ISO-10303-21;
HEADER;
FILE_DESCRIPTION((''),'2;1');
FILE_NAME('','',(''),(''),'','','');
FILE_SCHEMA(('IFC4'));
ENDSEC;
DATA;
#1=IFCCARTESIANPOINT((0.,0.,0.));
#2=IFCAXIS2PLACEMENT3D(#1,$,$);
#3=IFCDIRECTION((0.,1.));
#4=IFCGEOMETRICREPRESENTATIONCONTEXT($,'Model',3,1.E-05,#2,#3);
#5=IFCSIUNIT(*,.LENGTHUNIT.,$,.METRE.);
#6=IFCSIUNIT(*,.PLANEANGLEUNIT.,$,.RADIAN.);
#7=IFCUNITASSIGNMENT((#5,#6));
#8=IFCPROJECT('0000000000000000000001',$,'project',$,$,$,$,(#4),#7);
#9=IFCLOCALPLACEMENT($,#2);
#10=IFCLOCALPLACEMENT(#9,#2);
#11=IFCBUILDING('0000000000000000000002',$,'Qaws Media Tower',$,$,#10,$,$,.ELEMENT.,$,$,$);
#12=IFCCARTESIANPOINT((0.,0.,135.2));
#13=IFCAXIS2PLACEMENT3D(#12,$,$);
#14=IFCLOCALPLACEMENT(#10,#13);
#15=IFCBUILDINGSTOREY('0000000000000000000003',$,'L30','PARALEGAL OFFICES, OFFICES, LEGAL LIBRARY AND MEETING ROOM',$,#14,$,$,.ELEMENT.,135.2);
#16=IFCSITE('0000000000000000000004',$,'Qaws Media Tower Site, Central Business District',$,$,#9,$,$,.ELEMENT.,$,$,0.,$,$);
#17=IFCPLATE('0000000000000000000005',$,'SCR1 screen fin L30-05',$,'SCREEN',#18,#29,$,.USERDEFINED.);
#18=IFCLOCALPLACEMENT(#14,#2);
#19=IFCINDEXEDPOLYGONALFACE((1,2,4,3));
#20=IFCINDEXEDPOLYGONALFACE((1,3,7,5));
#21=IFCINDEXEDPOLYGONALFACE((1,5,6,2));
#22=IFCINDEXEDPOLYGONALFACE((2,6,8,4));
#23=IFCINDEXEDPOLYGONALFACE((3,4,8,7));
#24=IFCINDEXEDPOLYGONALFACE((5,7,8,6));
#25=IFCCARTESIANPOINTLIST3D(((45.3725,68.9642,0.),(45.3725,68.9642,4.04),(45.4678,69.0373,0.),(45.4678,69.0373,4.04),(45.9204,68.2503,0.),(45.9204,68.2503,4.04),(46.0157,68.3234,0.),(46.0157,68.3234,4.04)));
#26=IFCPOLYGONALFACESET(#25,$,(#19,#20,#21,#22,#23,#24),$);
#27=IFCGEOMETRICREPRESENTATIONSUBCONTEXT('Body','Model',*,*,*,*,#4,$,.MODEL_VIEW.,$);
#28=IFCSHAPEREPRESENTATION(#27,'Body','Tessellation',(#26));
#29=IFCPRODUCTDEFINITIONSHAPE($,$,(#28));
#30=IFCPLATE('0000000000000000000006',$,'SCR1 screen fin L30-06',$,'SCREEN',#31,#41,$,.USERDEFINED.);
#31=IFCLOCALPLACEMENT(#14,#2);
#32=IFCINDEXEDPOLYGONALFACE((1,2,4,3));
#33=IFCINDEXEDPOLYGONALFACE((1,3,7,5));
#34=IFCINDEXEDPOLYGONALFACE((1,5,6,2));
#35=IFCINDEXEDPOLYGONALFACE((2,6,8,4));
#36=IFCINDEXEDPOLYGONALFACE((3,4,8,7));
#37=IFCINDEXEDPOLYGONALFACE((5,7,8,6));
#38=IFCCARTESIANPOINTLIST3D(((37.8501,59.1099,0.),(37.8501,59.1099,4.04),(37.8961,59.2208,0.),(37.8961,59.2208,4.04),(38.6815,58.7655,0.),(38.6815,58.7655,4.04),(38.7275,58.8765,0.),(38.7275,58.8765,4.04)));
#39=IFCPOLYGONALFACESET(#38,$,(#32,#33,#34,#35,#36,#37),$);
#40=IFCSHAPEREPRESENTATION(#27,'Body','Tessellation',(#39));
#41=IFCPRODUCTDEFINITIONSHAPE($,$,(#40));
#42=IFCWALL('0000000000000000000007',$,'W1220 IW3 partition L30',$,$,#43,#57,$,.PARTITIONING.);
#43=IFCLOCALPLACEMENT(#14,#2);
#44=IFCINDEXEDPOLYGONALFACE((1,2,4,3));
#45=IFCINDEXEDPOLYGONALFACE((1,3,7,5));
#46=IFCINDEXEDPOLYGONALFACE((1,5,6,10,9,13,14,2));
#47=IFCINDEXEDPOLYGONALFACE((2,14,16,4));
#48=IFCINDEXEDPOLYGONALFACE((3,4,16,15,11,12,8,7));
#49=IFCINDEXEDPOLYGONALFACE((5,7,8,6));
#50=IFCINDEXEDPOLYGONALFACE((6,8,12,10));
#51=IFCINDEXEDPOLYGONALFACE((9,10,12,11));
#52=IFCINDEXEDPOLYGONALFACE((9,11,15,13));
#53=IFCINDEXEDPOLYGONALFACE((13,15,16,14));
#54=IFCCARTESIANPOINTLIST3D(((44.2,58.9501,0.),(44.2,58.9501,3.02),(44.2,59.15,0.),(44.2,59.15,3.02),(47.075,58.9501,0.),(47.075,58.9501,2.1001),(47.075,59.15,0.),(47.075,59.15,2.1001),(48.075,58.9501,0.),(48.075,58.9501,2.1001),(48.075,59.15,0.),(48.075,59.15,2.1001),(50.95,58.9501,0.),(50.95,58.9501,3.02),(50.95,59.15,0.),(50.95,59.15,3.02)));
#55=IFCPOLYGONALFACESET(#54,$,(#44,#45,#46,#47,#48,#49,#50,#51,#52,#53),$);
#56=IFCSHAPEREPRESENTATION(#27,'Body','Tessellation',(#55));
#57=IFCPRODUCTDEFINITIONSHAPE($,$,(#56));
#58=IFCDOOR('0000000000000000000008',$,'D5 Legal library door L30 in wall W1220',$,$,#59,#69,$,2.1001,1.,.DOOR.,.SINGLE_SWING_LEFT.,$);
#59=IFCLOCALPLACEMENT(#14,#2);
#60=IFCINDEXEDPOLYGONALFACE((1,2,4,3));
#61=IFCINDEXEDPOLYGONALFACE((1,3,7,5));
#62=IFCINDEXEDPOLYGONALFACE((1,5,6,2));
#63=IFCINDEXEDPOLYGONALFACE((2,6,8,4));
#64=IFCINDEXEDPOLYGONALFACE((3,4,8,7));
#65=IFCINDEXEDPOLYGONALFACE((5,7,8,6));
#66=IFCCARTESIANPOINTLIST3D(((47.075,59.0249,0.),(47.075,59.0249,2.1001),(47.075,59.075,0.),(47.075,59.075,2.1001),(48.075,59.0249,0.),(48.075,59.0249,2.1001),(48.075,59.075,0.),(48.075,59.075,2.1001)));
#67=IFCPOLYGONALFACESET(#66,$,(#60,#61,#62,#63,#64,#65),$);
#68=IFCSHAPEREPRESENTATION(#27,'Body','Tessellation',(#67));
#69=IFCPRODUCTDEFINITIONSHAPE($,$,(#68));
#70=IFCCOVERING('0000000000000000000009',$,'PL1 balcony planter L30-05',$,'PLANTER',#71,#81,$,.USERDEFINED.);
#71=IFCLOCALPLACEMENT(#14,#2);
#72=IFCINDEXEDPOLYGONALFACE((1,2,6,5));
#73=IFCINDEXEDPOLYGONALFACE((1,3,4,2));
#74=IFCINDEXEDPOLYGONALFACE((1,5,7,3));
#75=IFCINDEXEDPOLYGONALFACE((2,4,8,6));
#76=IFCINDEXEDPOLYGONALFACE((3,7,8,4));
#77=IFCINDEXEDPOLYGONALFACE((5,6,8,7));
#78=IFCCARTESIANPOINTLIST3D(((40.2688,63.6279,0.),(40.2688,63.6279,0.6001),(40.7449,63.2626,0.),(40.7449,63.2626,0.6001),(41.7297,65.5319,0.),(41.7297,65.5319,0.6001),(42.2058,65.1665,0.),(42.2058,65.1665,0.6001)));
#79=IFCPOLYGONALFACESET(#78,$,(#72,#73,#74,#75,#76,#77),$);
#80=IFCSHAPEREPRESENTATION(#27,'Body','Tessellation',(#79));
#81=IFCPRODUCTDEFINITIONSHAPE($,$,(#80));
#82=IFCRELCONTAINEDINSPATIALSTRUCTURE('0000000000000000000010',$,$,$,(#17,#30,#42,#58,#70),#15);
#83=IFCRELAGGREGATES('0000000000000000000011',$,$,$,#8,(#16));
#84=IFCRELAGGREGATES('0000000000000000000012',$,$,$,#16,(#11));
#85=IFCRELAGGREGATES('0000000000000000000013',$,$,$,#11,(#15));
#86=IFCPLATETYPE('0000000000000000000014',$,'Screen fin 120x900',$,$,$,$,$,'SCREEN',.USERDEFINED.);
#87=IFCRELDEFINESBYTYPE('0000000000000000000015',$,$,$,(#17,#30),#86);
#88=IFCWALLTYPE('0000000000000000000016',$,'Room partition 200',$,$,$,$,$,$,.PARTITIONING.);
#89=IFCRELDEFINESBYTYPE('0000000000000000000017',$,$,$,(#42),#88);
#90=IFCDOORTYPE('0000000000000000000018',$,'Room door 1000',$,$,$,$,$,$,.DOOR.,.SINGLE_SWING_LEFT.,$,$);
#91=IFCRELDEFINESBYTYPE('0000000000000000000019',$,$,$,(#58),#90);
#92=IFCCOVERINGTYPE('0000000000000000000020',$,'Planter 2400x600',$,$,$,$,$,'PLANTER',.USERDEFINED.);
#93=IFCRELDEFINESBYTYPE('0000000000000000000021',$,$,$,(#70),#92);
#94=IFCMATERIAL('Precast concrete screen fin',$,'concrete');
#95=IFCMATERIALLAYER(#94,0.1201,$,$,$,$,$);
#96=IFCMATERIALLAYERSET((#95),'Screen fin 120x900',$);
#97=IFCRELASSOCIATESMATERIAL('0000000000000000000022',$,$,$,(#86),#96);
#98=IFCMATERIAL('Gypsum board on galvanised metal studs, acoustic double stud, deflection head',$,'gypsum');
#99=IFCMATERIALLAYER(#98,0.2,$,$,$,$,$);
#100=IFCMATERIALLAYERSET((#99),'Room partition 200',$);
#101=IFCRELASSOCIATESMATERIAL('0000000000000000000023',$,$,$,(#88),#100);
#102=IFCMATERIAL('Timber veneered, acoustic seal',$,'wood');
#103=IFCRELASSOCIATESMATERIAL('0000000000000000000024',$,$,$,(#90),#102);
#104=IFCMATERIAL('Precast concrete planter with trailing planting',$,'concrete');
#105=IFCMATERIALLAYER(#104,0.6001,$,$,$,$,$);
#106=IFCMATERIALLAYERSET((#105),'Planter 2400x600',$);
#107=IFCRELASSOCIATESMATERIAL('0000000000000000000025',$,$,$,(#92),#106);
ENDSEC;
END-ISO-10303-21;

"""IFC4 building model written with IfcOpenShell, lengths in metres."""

from ifc_helpers import new_model, si_unit, direction, frame, frame_2d, origin, origin_2d, place, context, subcontext, project, spatial, rectangle, extrude, material, layer, layer_set, type_object, element, fill, save


model = new_model("IFC4")

# Units and contexts
model_context = context("Model", 3, precision=1e-05, world=origin(), true_north=direction((0.0, 1.0)))
body_context = subcontext(model_context, "Body", "Model", "MODEL_VIEW")
ifc_project = project(units=[si_unit("LENGTHUNIT", "METRE"), si_unit("PLANEANGLEUNIT", "RADIAN")], contexts=[model_context])

# Site, building, storey
site_placement = place(None, origin())
site = spatial("IfcSite", under=ifc_project, at=site_placement, Name="Qaws Media Tower Site, Central Business District", CompositionType="ELEMENT", RefElevation=0.0)
building_placement = place(site_placement, origin())
building = spatial("IfcBuilding", under=site, at=building_placement, Name="Qaws Media Tower", CompositionType="ELEMENT")
storey_placement = place(building_placement, frame((0.0, 0.0, 135.2)))
storey = spatial("IfcBuildingStorey", under=building, at=storey_placement, Name="L30", Description="PARALEGAL OFFICES, OFFICES, LEGAL LIBRARY AND MEETING ROOM", CompositionType="ELEMENT", Elevation=135.2)

# Plates
ifc_material_1 = material(Name="Precast concrete screen fin", Category="concrete")
ifc_layer_1 = layer(ifc_material_1, 0.1201)
ifc_layer_set_1 = layer_set([ifc_layer_1], Name="Screen fin 120x900")
plate_type_1 = type_object("IfcPlateType", Name="Screen fin 120x900", ElementType="SCREEN", PredefinedType="USERDEFINED", material=ifc_layer_set_1)
for number, where, z_axis, x_axis, name in (
    (1, (45.6941, 68.6438, 0.0), (0.0, 0.0, 1.0), (-0.608761, 0.793353, 0.0), "SCR1 screen fin L30-05"),
    (2, (38.2888, 58.9932, 0.0), (0.0, 0.0, 1.0), (-0.92388, 0.382683, 0.0), "SCR1 screen fin L30-06"),
):
    element("IfcPlate", number, at=place(storey_placement, frame(where, z_axis=z_axis, x_axis=x_axis)), inside=storey, type_object=plate_type_1, Name=name, ObjectType="SCREEN", PredefinedType="USERDEFINED", context=body_context, shape_type="SweptSolid", body=[
        extrude(rectangle(XDim=0.8999, YDim=0.1201, at=origin_2d()), origin(), (0.0, 0.0, 1.0), 4.04),
    ])

# Wall, opening, door
ifc_material_2 = material(Name="Gypsum board on galvanised metal studs, acoustic double stud, deflection head", Category="gypsum")
ifc_layer_2 = layer(ifc_material_2, 0.2)
ifc_layer_set_2 = layer_set([ifc_layer_2], Name="Room partition 200")
wall_type = type_object("IfcWallType", Name="Room partition 200", PredefinedType="PARTITIONING", material=ifc_layer_set_2)
wall_placement = place(storey_placement, frame((44.2, 59.05, 0.0), z_axis=(0.0, 0.0, 1.0), x_axis=(1.0, 0.0, 0.0)))
wall = element("IfcWall", 3, at=wall_placement, inside=storey, type_object=wall_type, Name="W1220 IW3 partition L30", PredefinedType="PARTITIONING", context=body_context, shape_type="SweptSolid", body=[
    extrude(rectangle(XDim=6.75, YDim=0.2, at=frame_2d((3.375, 0.0))), origin(), (0.0, 0.0, 1.0), 3.02),
])
opening_placement = place(wall_placement, frame((2.875, 0.0, 0.0)))
opening = element("IfcOpeningElement", 4, at=opening_placement, cuts=wall, PredefinedType="OPENING", context=body_context, shape_type="SweptSolid", body=[
    extrude(rectangle(XDim=1.0, YDim=2.1001, at=frame_2d((0.5, 1.05))), frame((0.0, 0.1099, 0.0), z_axis=(0.0, -1.0, 0.0), x_axis=(1.0, 0.0, 0.0)), (0.0, 0.0, 1.0), 0.22),
])
ifc_material_3 = material(Name="Timber veneered, acoustic seal", Category="wood")
door_type = type_object("IfcDoorType", Name="Room door 1000", OperationType="SINGLE_SWING_LEFT", PredefinedType="DOOR", material=ifc_material_3)
door_placement = place(opening_placement, origin())
door = element("IfcDoor", 5, at=door_placement, inside=storey, type_object=door_type, Name="D5 Legal library door L30 in wall W1220", OperationType="SINGLE_SWING_LEFT", OverallHeight=2.1001, OverallWidth=1.0, PredefinedType="DOOR", context=body_context, shape_type="SweptSolid", body=[
    extrude(rectangle(XDim=1.0, YDim=2.1001, at=frame_2d((0.5, 1.05))), frame((0.0, 0.0249, 0.0), z_axis=(0.0, -1.0, 0.0), x_axis=(1.0, 0.0, 0.0)), (0.0, 0.0, 1.0), 0.05),
])
fill(opening, door)

# Covering
ifc_material_4 = material(Name="Precast concrete planter with trailing planting", Category="concrete")
ifc_layer_3 = layer(ifc_material_4, 0.6001)
ifc_layer_set_3 = layer_set([ifc_layer_3], Name="Planter 2400x600")
covering_type = type_object("IfcCoveringType", Name="Planter 2400x600", ElementType="PLANTER", PredefinedType="USERDEFINED", material=ifc_layer_set_3)
covering_placement = place(storey_placement, frame((41.2373, 64.3972, 0.0), z_axis=(0.0, 0.0, 1.0), x_axis=(-0.608761, -0.793353, 0.0)))
element("IfcCovering", 6, at=covering_placement, inside=storey, type_object=covering_type, Name="PL1 balcony planter L30-05", ObjectType="PLANTER", PredefinedType="USERDEFINED", context=body_context, shape_type="SweptSolid", body=[
    extrude(rectangle(XDim=2.3999, YDim=0.6001, at=origin_2d()), origin(), (0.0, 0.0, 1.0), 0.6001),
])

save(model, "model.ifc")
